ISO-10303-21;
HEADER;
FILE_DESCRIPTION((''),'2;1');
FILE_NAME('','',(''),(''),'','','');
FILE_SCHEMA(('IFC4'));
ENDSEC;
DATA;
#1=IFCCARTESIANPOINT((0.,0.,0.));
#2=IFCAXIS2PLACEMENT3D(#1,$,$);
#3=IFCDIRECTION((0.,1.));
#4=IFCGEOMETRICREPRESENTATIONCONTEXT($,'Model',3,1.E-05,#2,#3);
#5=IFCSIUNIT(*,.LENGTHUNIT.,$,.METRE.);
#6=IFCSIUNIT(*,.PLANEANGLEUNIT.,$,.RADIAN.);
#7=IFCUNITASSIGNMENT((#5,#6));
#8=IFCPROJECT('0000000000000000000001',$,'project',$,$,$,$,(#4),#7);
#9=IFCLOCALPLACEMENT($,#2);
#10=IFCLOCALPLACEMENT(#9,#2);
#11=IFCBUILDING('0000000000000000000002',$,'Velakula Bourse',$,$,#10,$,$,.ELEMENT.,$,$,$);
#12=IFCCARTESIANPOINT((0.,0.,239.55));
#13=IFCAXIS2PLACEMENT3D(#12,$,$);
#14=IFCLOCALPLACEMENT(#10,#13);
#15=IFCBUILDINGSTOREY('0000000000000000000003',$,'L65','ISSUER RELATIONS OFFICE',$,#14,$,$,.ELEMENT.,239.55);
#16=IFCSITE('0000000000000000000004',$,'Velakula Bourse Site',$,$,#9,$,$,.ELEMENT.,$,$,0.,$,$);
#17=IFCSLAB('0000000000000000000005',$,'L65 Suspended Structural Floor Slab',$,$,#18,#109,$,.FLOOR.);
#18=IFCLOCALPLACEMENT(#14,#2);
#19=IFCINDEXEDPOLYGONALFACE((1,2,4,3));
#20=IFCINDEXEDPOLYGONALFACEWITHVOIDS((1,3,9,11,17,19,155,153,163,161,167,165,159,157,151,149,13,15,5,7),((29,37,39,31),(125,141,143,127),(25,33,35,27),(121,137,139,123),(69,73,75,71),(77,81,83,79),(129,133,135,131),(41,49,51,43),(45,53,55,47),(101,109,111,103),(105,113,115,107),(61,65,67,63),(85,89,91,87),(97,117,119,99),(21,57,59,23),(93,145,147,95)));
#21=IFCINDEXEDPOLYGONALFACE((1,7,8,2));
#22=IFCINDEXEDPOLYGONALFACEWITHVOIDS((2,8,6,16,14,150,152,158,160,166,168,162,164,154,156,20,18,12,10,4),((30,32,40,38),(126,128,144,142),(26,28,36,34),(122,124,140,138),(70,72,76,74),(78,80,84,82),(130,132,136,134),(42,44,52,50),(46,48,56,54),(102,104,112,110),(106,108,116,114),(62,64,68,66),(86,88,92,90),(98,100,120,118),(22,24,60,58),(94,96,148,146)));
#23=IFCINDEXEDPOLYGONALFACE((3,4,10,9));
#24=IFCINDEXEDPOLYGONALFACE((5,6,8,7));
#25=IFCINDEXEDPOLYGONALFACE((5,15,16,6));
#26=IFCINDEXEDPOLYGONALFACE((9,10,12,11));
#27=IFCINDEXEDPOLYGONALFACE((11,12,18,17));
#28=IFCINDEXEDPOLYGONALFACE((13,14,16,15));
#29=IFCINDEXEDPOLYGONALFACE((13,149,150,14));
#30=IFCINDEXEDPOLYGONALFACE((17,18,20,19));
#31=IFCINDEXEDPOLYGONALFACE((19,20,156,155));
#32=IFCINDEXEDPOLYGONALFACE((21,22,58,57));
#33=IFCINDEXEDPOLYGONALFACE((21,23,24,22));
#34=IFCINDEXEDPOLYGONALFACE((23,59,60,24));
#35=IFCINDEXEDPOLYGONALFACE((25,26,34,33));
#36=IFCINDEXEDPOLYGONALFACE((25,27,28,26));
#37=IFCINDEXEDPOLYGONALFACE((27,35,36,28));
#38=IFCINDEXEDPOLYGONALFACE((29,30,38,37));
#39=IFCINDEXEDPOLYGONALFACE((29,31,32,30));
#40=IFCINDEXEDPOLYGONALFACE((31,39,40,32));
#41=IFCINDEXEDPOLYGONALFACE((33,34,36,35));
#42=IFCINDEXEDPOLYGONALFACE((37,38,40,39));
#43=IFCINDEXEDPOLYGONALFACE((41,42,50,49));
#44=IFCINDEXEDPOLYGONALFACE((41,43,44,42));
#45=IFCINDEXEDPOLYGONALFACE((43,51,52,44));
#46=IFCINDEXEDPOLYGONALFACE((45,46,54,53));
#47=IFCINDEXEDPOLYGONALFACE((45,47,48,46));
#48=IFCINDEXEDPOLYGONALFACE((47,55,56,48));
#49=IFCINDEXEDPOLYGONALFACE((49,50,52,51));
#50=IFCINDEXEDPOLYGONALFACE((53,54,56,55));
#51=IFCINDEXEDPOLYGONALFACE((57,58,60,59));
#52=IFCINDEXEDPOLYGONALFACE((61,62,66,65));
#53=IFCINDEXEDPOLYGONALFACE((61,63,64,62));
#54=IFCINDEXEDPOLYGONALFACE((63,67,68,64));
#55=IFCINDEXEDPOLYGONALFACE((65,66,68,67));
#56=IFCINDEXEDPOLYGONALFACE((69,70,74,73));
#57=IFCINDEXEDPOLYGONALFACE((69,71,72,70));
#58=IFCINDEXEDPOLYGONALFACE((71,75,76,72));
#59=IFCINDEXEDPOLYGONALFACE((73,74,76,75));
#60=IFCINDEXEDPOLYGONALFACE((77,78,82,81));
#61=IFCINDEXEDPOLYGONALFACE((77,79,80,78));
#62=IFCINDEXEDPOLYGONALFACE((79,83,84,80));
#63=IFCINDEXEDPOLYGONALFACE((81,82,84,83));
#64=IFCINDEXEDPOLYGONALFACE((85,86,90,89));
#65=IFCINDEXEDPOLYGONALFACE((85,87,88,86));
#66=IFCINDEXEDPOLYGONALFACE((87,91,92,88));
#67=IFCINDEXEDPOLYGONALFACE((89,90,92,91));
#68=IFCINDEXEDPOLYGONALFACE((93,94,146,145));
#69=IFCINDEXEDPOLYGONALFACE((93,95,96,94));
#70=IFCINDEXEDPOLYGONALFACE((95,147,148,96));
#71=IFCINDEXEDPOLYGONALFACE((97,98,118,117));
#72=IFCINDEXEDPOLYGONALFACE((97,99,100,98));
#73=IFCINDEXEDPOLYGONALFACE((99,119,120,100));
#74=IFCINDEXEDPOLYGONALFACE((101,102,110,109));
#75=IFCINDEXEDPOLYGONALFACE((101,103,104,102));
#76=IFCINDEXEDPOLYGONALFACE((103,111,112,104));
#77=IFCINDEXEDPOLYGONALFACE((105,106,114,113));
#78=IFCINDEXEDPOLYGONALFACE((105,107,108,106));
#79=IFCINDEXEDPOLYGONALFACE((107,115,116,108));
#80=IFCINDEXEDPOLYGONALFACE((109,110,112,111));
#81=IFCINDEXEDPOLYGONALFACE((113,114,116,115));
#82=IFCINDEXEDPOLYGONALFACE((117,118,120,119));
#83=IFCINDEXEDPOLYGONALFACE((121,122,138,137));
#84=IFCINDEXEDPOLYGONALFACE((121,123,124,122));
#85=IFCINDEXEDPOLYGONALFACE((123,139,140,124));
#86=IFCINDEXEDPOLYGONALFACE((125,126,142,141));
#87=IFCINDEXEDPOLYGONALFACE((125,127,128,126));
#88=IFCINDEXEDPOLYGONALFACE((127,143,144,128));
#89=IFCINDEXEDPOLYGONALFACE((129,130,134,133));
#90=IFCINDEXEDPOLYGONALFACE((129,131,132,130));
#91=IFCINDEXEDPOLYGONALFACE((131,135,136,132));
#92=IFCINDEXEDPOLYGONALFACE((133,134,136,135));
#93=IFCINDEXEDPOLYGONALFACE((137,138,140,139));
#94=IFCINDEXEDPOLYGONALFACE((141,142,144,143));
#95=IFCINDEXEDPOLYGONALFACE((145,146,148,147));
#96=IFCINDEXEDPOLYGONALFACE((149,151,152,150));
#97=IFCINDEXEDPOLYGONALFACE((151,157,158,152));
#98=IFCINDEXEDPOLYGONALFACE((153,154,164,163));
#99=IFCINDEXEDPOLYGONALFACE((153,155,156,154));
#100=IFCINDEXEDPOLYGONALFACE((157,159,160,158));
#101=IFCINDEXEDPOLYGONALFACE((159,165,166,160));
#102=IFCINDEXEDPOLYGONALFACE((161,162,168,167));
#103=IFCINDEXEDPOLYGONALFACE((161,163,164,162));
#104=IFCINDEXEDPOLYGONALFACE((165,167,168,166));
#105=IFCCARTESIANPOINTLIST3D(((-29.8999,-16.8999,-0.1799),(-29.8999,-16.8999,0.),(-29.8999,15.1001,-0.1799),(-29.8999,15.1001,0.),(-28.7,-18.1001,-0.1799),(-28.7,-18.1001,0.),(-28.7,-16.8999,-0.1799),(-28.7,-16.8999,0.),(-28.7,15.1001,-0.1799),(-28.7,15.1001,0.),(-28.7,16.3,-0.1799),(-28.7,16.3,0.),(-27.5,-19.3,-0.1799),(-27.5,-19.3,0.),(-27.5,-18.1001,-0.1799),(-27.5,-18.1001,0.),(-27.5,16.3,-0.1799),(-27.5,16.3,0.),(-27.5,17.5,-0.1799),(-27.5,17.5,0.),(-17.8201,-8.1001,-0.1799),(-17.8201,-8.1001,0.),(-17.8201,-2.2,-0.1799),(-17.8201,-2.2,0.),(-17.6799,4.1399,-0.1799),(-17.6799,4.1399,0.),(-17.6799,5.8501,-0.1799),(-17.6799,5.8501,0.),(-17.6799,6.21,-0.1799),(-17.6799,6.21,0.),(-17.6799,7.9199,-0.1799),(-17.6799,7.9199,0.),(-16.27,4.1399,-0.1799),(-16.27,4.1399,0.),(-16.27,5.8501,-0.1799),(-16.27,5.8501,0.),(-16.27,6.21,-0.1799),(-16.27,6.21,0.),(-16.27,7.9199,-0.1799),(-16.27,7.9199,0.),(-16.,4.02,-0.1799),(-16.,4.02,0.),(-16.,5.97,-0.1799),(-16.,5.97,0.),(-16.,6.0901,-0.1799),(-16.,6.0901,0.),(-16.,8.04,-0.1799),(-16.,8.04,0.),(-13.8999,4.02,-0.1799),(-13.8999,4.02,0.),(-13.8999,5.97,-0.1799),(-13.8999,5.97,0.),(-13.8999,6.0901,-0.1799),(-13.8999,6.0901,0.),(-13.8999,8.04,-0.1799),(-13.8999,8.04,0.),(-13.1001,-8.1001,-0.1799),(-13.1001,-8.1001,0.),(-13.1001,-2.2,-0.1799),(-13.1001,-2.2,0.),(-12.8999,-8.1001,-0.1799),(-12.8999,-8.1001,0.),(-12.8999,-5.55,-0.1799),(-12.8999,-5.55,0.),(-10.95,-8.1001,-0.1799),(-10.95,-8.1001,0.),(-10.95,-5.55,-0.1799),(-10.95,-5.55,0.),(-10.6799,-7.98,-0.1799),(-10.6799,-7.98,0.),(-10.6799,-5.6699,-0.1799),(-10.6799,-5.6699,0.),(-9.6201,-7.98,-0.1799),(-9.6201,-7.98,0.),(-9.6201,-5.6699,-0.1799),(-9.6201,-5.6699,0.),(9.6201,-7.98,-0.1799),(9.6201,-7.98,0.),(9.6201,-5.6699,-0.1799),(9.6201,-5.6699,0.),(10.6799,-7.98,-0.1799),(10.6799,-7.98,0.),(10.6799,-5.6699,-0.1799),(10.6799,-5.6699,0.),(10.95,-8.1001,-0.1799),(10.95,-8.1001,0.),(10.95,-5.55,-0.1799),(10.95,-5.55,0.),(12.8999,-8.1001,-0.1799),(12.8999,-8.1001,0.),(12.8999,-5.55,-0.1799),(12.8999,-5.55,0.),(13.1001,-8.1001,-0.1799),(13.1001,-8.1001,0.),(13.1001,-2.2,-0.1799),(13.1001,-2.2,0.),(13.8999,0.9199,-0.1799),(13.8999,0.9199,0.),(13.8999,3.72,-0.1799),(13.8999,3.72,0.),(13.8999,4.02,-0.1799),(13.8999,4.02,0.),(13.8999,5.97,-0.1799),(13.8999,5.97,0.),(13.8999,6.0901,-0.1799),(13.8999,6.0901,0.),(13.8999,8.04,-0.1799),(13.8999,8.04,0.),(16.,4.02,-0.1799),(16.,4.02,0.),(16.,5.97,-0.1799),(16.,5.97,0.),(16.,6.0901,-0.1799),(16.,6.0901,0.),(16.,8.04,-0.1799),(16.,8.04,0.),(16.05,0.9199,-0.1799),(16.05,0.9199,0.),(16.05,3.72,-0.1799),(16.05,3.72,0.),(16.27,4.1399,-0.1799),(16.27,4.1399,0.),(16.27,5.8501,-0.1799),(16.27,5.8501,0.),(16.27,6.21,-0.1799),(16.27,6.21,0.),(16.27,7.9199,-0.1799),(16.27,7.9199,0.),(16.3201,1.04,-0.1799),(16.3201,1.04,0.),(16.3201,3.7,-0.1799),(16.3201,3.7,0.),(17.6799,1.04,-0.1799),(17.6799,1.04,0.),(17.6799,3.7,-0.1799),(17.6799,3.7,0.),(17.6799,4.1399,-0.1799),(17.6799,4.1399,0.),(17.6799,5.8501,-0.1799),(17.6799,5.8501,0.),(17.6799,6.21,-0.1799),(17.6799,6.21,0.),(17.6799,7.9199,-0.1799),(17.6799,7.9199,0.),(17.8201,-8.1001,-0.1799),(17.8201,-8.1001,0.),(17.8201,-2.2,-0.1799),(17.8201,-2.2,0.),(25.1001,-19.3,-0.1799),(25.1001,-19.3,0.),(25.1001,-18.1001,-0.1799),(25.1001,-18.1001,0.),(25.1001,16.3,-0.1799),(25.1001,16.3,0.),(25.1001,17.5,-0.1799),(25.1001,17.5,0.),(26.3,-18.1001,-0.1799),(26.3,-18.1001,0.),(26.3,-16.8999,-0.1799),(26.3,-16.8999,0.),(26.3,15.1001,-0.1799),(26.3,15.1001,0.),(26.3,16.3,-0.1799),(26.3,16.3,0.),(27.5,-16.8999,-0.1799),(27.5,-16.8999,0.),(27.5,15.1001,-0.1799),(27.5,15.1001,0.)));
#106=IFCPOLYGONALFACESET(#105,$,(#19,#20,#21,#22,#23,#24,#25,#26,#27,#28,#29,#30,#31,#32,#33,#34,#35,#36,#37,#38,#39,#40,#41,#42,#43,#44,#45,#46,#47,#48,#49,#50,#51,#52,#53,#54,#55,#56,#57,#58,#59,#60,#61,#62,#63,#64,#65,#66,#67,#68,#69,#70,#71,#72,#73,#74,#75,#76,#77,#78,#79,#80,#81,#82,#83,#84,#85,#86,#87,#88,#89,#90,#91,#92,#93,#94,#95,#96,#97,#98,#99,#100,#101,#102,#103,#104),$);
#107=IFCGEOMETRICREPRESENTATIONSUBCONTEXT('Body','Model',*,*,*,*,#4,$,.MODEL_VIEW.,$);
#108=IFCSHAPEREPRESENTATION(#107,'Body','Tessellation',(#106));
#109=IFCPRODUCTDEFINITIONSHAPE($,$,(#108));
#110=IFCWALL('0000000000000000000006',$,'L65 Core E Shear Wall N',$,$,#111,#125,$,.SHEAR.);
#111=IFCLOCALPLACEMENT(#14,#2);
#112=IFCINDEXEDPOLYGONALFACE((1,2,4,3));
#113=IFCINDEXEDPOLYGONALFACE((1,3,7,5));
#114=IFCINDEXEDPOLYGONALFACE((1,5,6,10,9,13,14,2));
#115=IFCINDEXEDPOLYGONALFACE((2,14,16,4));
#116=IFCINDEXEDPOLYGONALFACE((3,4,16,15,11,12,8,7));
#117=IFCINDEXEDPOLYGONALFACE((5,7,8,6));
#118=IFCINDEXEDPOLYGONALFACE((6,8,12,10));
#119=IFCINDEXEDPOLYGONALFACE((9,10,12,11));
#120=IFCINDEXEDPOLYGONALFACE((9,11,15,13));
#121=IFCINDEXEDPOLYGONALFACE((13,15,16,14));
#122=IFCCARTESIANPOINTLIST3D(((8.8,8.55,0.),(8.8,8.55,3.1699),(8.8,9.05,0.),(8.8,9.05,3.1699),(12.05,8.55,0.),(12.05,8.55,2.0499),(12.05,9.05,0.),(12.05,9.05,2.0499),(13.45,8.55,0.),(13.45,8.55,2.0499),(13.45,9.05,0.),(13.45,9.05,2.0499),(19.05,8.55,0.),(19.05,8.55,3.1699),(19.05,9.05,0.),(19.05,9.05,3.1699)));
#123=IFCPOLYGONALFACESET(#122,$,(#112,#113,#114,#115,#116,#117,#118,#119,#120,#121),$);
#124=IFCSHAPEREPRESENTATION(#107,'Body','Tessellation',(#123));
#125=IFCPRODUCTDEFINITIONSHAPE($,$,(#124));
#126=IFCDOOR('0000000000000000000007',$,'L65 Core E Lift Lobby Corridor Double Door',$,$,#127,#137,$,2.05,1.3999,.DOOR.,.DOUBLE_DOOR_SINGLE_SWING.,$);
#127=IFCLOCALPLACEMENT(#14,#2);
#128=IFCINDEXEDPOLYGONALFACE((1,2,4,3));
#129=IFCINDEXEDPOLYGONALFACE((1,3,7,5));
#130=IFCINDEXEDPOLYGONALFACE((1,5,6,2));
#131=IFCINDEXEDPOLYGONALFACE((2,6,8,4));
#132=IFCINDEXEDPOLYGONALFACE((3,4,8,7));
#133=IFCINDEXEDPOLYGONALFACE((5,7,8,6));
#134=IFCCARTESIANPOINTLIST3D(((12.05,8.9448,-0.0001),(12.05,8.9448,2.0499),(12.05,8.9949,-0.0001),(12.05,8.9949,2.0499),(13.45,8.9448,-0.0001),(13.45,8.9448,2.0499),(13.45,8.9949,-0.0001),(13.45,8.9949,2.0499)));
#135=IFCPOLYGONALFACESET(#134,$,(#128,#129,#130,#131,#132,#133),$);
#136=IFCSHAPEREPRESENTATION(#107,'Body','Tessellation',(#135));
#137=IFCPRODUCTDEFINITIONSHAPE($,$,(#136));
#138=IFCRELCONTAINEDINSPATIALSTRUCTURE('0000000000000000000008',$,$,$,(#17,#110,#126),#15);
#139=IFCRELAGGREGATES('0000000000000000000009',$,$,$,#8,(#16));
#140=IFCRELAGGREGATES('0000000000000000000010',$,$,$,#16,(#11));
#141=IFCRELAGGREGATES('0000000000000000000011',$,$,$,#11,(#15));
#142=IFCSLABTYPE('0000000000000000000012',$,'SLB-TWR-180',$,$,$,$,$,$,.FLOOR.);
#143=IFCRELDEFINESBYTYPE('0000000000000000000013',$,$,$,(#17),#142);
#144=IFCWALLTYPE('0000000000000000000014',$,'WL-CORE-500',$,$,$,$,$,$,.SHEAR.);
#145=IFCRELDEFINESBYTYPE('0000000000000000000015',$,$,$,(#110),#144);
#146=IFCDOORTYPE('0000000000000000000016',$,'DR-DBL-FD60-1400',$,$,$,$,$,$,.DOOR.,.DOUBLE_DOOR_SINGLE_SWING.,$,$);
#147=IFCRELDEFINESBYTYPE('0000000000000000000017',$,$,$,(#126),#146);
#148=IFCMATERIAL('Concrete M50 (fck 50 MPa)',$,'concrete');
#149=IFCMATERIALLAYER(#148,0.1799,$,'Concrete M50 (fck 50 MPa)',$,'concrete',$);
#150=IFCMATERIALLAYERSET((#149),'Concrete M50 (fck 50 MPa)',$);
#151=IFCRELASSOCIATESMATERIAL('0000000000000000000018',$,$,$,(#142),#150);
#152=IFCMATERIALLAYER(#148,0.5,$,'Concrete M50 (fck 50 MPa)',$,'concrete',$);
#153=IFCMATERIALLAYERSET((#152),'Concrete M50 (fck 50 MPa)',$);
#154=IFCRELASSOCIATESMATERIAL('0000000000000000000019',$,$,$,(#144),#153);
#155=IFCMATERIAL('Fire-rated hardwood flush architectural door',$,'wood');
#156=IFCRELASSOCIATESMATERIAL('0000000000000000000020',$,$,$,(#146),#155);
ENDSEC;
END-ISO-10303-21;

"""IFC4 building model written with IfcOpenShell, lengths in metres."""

from ifc_helpers import new_model, si_unit, direction, frame, frame_2d, origin, place, context, subcontext, project, spatial, polyline, rectangle, outline, extrude, material, layer, layer_set, type_object, element, fill, save


model = new_model("IFC4")

# Units and contexts
model_context = context("Model", 3, precision=1e-05, world=origin(), true_north=direction((0.0, 1.0)))
body_context = subcontext(model_context, "Body", "Model", "MODEL_VIEW")
ifc_project = project(units=[si_unit("LENGTHUNIT", "METRE"), si_unit("PLANEANGLEUNIT", "RADIAN")], contexts=[model_context])

# Site, building, storey
site_placement = place(None, origin())
site = spatial("IfcSite", under=ifc_project, at=site_placement, Name="Velakula Bourse Site", CompositionType="ELEMENT", RefElevation=0.0)
building_placement = place(site_placement, origin())
building = spatial("IfcBuilding", under=site, at=building_placement, Name="Velakula Bourse", CompositionType="ELEMENT")
storey_placement = place(building_placement, frame((0.0, 0.0, 239.55)))
storey = spatial("IfcBuildingStorey", under=building, at=storey_placement, Name="L65", Description="ISSUER RELATIONS OFFICE", CompositionType="ELEMENT", Elevation=239.55)

# Shared definitions
ifc_material_1 = material(Name="Concrete M50 (fck 50 MPa)", Category="concrete")

# Slab
ifc_layer_1 = layer(ifc_material_1, 0.1799, Name="Concrete M50 (fck 50 MPa)", Category="concrete")
ifc_layer_set_1 = layer_set([ifc_layer_1], Name="Concrete M50 (fck 50 MPa)")
slab_type_1 = type_object("IfcSlabType", Name="SLB-TWR-180", PredefinedType="FLOOR", material=ifc_layer_set_1)
slab_1_placement = place(storey_placement, frame((0.0, 0.0, -0.1799)))
element("IfcSlab", 1, at=slab_1_placement, inside=storey, type_object=slab_type_1, Name="L65 Suspended Structural Floor Slab", PredefinedType="FLOOR", context=body_context, shape_type="SweptSolid", body=[
    extrude(outline(polyline([(-27.5, -19.3), (25.1001, -19.3), (25.1001, -18.1001), (26.3, -18.1001), (26.3, -16.8999), (27.5, -16.8999), (27.5, 15.1001), (26.3, 15.1001), (26.3, 16.3), (25.1001, 16.3), (25.1001, 17.5), (-27.5, 17.5), (-27.5, 16.3), (-28.7, 16.3), (-28.7, 15.1001), (-29.8999, 15.1001), (-29.8999, -16.8999), (-28.7, -16.8999), (-28.7, -18.1001), (-27.5, -18.1001), (-27.5, -19.3)]), holes=[polyline([(-17.8201, -8.1001), (-13.1001, -8.1001), (-13.1001, -2.2), (-17.8201, -2.2), (-17.8201, -8.1001)]), polyline([(13.1001, -8.1001), (17.8201, -8.1001), (17.8201, -2.2), (13.1001, -2.2), (13.1001, -8.1001)]), polyline([(-12.8999, -8.1001), (-10.95, -8.1001), (-10.95, -5.55), (-12.8999, -5.55), (-12.8999, -8.1001)]), polyline([(10.95, -8.1001), (12.8999, -8.1001), (12.8999, -5.55), (10.95, -5.55), (10.95, -8.1001)]), polyline([(13.8999, 0.9199), (16.05, 0.9199), (16.05, 3.72), (13.8999, 3.72), (13.8999, 0.9199)]), polyline([(-10.6799, -7.98), (-9.6201, -7.98), (-9.6201, -5.6699), (-10.6799, -5.6699), (-10.6799, -7.98)]), polyline([(-17.6799, 4.1399), (-16.27, 4.1399), (-16.27, 5.8501), (-17.6799, 5.8501), (-17.6799, 4.1399)]), polyline([(-17.6799, 6.21), (-16.27, 6.21), (-16.27, 7.9199), (-17.6799, 7.9199), (-17.6799, 6.21)]), polyline([(9.6201, -7.98), (10.6799, -7.98), (10.6799, -5.6699), (9.6201, -5.6699), (9.6201, -7.98)]), polyline([(16.27, 4.1399), (17.6799, 4.1399), (17.6799, 5.8501), (16.27, 5.8501), (16.27, 4.1399)]), polyline([(16.27, 6.21), (17.6799, 6.21), (17.6799, 7.9199), (16.27, 7.9199), (16.27, 6.21)]), polyline([(16.3201, 1.04), (17.6799, 1.04), (17.6799, 3.7), (16.3201, 3.7), (16.3201, 1.04)]), polyline([(-16.0, 4.02), (-13.8999, 4.02), (-13.8999, 5.97), (-16.0, 5.97), (-16.0, 4.02)]), polyline([(-16.0, 6.0901), (-13.8999, 6.0901), (-13.8999, 8.04), (-16.0, 8.04), (-16.0, 6.0901)]), polyline([(13.8999, 4.02), (16.0, 4.02), (16.0, 5.97), (13.8999, 5.97), (13.8999, 4.02)]), polyline([(13.8999, 6.0901), (16.0, 6.0901), (16.0, 8.04), (13.8999, 8.04), (13.8999, 6.0901)])]), origin(), (0.0, 0.0, 1.0), 0.1799),
])

# Wall, opening, door
ifc_layer_2 = layer(ifc_material_1, 0.5, Name="Concrete M50 (fck 50 MPa)", Category="concrete")
ifc_layer_set_2 = layer_set([ifc_layer_2], Name="Concrete M50 (fck 50 MPa)")
wall_type_1 = type_object("IfcWallType", Name="WL-CORE-500", PredefinedType="SHEAR", material=ifc_layer_set_2)
wall_1_placement = place(storey_placement, frame((8.8, 8.8, 0.0), z_axis=(0.0, 0.0, 1.0), x_axis=(1.0, 0.0, 0.0)))
wall_1 = element("IfcWall", 2, at=wall_1_placement, inside=storey, type_object=wall_type_1, Name="L65 Core E Shear Wall N", PredefinedType="SHEAR", context=body_context, shape_type="SweptSolid", body=[
    extrude(rectangle(XDim=10.25, YDim=0.5, at=frame_2d((5.125, 0.0))), origin(), (0.0, 0.0, 1.0), 3.1699),
])
opening_1_placement = place(wall_1_placement, frame((3.25, 0.0, 0.0)))
opening_1 = element("IfcOpeningElement", 3, at=opening_1_placement, cuts=wall_1, PredefinedType="OPENING", context=body_context, shape_type="SweptSolid", body=[
    extrude(rectangle(XDim=1.3999, YDim=2.05, at=frame_2d((0.7, 1.0249))), frame((0.0, 0.26, 0.0), z_axis=(0.0, -1.0, 0.0), x_axis=(1.0, 0.0, 0.0)), (0.0, 0.0, 1.0), 0.52),
])
ifc_material_2 = material(Name="Fire-rated hardwood flush architectural door", Category="wood")
door_type = type_object("IfcDoorType", Name="DR-DBL-FD60-1400", OperationType="DOUBLE_DOOR_SINGLE_SWING", PredefinedType="DOOR", material=ifc_material_2)
door_placement = place(opening_1_placement, origin())
door = element("IfcDoor", 4, at=door_placement, inside=storey, type_object=door_type, Name="L65 Core E Lift Lobby Corridor Double Door", OperationType="DOUBLE_DOOR_SINGLE_SWING", OverallHeight=2.05, OverallWidth=1.3999, PredefinedType="DOOR", context=body_context, shape_type="SweptSolid", body=[
    extrude(rectangle(XDim=1.3999, YDim=2.05, at=frame_2d((0.7, 1.0249))), frame((0.0, 0.1948, 0.0), z_axis=(0.0, -1.0, 0.0), x_axis=(1.0, 0.0, 0.0)), (0.0, 0.0, 1.0), 0.05),
])
fill(opening_1, door)

save(model, "model.ifc")
